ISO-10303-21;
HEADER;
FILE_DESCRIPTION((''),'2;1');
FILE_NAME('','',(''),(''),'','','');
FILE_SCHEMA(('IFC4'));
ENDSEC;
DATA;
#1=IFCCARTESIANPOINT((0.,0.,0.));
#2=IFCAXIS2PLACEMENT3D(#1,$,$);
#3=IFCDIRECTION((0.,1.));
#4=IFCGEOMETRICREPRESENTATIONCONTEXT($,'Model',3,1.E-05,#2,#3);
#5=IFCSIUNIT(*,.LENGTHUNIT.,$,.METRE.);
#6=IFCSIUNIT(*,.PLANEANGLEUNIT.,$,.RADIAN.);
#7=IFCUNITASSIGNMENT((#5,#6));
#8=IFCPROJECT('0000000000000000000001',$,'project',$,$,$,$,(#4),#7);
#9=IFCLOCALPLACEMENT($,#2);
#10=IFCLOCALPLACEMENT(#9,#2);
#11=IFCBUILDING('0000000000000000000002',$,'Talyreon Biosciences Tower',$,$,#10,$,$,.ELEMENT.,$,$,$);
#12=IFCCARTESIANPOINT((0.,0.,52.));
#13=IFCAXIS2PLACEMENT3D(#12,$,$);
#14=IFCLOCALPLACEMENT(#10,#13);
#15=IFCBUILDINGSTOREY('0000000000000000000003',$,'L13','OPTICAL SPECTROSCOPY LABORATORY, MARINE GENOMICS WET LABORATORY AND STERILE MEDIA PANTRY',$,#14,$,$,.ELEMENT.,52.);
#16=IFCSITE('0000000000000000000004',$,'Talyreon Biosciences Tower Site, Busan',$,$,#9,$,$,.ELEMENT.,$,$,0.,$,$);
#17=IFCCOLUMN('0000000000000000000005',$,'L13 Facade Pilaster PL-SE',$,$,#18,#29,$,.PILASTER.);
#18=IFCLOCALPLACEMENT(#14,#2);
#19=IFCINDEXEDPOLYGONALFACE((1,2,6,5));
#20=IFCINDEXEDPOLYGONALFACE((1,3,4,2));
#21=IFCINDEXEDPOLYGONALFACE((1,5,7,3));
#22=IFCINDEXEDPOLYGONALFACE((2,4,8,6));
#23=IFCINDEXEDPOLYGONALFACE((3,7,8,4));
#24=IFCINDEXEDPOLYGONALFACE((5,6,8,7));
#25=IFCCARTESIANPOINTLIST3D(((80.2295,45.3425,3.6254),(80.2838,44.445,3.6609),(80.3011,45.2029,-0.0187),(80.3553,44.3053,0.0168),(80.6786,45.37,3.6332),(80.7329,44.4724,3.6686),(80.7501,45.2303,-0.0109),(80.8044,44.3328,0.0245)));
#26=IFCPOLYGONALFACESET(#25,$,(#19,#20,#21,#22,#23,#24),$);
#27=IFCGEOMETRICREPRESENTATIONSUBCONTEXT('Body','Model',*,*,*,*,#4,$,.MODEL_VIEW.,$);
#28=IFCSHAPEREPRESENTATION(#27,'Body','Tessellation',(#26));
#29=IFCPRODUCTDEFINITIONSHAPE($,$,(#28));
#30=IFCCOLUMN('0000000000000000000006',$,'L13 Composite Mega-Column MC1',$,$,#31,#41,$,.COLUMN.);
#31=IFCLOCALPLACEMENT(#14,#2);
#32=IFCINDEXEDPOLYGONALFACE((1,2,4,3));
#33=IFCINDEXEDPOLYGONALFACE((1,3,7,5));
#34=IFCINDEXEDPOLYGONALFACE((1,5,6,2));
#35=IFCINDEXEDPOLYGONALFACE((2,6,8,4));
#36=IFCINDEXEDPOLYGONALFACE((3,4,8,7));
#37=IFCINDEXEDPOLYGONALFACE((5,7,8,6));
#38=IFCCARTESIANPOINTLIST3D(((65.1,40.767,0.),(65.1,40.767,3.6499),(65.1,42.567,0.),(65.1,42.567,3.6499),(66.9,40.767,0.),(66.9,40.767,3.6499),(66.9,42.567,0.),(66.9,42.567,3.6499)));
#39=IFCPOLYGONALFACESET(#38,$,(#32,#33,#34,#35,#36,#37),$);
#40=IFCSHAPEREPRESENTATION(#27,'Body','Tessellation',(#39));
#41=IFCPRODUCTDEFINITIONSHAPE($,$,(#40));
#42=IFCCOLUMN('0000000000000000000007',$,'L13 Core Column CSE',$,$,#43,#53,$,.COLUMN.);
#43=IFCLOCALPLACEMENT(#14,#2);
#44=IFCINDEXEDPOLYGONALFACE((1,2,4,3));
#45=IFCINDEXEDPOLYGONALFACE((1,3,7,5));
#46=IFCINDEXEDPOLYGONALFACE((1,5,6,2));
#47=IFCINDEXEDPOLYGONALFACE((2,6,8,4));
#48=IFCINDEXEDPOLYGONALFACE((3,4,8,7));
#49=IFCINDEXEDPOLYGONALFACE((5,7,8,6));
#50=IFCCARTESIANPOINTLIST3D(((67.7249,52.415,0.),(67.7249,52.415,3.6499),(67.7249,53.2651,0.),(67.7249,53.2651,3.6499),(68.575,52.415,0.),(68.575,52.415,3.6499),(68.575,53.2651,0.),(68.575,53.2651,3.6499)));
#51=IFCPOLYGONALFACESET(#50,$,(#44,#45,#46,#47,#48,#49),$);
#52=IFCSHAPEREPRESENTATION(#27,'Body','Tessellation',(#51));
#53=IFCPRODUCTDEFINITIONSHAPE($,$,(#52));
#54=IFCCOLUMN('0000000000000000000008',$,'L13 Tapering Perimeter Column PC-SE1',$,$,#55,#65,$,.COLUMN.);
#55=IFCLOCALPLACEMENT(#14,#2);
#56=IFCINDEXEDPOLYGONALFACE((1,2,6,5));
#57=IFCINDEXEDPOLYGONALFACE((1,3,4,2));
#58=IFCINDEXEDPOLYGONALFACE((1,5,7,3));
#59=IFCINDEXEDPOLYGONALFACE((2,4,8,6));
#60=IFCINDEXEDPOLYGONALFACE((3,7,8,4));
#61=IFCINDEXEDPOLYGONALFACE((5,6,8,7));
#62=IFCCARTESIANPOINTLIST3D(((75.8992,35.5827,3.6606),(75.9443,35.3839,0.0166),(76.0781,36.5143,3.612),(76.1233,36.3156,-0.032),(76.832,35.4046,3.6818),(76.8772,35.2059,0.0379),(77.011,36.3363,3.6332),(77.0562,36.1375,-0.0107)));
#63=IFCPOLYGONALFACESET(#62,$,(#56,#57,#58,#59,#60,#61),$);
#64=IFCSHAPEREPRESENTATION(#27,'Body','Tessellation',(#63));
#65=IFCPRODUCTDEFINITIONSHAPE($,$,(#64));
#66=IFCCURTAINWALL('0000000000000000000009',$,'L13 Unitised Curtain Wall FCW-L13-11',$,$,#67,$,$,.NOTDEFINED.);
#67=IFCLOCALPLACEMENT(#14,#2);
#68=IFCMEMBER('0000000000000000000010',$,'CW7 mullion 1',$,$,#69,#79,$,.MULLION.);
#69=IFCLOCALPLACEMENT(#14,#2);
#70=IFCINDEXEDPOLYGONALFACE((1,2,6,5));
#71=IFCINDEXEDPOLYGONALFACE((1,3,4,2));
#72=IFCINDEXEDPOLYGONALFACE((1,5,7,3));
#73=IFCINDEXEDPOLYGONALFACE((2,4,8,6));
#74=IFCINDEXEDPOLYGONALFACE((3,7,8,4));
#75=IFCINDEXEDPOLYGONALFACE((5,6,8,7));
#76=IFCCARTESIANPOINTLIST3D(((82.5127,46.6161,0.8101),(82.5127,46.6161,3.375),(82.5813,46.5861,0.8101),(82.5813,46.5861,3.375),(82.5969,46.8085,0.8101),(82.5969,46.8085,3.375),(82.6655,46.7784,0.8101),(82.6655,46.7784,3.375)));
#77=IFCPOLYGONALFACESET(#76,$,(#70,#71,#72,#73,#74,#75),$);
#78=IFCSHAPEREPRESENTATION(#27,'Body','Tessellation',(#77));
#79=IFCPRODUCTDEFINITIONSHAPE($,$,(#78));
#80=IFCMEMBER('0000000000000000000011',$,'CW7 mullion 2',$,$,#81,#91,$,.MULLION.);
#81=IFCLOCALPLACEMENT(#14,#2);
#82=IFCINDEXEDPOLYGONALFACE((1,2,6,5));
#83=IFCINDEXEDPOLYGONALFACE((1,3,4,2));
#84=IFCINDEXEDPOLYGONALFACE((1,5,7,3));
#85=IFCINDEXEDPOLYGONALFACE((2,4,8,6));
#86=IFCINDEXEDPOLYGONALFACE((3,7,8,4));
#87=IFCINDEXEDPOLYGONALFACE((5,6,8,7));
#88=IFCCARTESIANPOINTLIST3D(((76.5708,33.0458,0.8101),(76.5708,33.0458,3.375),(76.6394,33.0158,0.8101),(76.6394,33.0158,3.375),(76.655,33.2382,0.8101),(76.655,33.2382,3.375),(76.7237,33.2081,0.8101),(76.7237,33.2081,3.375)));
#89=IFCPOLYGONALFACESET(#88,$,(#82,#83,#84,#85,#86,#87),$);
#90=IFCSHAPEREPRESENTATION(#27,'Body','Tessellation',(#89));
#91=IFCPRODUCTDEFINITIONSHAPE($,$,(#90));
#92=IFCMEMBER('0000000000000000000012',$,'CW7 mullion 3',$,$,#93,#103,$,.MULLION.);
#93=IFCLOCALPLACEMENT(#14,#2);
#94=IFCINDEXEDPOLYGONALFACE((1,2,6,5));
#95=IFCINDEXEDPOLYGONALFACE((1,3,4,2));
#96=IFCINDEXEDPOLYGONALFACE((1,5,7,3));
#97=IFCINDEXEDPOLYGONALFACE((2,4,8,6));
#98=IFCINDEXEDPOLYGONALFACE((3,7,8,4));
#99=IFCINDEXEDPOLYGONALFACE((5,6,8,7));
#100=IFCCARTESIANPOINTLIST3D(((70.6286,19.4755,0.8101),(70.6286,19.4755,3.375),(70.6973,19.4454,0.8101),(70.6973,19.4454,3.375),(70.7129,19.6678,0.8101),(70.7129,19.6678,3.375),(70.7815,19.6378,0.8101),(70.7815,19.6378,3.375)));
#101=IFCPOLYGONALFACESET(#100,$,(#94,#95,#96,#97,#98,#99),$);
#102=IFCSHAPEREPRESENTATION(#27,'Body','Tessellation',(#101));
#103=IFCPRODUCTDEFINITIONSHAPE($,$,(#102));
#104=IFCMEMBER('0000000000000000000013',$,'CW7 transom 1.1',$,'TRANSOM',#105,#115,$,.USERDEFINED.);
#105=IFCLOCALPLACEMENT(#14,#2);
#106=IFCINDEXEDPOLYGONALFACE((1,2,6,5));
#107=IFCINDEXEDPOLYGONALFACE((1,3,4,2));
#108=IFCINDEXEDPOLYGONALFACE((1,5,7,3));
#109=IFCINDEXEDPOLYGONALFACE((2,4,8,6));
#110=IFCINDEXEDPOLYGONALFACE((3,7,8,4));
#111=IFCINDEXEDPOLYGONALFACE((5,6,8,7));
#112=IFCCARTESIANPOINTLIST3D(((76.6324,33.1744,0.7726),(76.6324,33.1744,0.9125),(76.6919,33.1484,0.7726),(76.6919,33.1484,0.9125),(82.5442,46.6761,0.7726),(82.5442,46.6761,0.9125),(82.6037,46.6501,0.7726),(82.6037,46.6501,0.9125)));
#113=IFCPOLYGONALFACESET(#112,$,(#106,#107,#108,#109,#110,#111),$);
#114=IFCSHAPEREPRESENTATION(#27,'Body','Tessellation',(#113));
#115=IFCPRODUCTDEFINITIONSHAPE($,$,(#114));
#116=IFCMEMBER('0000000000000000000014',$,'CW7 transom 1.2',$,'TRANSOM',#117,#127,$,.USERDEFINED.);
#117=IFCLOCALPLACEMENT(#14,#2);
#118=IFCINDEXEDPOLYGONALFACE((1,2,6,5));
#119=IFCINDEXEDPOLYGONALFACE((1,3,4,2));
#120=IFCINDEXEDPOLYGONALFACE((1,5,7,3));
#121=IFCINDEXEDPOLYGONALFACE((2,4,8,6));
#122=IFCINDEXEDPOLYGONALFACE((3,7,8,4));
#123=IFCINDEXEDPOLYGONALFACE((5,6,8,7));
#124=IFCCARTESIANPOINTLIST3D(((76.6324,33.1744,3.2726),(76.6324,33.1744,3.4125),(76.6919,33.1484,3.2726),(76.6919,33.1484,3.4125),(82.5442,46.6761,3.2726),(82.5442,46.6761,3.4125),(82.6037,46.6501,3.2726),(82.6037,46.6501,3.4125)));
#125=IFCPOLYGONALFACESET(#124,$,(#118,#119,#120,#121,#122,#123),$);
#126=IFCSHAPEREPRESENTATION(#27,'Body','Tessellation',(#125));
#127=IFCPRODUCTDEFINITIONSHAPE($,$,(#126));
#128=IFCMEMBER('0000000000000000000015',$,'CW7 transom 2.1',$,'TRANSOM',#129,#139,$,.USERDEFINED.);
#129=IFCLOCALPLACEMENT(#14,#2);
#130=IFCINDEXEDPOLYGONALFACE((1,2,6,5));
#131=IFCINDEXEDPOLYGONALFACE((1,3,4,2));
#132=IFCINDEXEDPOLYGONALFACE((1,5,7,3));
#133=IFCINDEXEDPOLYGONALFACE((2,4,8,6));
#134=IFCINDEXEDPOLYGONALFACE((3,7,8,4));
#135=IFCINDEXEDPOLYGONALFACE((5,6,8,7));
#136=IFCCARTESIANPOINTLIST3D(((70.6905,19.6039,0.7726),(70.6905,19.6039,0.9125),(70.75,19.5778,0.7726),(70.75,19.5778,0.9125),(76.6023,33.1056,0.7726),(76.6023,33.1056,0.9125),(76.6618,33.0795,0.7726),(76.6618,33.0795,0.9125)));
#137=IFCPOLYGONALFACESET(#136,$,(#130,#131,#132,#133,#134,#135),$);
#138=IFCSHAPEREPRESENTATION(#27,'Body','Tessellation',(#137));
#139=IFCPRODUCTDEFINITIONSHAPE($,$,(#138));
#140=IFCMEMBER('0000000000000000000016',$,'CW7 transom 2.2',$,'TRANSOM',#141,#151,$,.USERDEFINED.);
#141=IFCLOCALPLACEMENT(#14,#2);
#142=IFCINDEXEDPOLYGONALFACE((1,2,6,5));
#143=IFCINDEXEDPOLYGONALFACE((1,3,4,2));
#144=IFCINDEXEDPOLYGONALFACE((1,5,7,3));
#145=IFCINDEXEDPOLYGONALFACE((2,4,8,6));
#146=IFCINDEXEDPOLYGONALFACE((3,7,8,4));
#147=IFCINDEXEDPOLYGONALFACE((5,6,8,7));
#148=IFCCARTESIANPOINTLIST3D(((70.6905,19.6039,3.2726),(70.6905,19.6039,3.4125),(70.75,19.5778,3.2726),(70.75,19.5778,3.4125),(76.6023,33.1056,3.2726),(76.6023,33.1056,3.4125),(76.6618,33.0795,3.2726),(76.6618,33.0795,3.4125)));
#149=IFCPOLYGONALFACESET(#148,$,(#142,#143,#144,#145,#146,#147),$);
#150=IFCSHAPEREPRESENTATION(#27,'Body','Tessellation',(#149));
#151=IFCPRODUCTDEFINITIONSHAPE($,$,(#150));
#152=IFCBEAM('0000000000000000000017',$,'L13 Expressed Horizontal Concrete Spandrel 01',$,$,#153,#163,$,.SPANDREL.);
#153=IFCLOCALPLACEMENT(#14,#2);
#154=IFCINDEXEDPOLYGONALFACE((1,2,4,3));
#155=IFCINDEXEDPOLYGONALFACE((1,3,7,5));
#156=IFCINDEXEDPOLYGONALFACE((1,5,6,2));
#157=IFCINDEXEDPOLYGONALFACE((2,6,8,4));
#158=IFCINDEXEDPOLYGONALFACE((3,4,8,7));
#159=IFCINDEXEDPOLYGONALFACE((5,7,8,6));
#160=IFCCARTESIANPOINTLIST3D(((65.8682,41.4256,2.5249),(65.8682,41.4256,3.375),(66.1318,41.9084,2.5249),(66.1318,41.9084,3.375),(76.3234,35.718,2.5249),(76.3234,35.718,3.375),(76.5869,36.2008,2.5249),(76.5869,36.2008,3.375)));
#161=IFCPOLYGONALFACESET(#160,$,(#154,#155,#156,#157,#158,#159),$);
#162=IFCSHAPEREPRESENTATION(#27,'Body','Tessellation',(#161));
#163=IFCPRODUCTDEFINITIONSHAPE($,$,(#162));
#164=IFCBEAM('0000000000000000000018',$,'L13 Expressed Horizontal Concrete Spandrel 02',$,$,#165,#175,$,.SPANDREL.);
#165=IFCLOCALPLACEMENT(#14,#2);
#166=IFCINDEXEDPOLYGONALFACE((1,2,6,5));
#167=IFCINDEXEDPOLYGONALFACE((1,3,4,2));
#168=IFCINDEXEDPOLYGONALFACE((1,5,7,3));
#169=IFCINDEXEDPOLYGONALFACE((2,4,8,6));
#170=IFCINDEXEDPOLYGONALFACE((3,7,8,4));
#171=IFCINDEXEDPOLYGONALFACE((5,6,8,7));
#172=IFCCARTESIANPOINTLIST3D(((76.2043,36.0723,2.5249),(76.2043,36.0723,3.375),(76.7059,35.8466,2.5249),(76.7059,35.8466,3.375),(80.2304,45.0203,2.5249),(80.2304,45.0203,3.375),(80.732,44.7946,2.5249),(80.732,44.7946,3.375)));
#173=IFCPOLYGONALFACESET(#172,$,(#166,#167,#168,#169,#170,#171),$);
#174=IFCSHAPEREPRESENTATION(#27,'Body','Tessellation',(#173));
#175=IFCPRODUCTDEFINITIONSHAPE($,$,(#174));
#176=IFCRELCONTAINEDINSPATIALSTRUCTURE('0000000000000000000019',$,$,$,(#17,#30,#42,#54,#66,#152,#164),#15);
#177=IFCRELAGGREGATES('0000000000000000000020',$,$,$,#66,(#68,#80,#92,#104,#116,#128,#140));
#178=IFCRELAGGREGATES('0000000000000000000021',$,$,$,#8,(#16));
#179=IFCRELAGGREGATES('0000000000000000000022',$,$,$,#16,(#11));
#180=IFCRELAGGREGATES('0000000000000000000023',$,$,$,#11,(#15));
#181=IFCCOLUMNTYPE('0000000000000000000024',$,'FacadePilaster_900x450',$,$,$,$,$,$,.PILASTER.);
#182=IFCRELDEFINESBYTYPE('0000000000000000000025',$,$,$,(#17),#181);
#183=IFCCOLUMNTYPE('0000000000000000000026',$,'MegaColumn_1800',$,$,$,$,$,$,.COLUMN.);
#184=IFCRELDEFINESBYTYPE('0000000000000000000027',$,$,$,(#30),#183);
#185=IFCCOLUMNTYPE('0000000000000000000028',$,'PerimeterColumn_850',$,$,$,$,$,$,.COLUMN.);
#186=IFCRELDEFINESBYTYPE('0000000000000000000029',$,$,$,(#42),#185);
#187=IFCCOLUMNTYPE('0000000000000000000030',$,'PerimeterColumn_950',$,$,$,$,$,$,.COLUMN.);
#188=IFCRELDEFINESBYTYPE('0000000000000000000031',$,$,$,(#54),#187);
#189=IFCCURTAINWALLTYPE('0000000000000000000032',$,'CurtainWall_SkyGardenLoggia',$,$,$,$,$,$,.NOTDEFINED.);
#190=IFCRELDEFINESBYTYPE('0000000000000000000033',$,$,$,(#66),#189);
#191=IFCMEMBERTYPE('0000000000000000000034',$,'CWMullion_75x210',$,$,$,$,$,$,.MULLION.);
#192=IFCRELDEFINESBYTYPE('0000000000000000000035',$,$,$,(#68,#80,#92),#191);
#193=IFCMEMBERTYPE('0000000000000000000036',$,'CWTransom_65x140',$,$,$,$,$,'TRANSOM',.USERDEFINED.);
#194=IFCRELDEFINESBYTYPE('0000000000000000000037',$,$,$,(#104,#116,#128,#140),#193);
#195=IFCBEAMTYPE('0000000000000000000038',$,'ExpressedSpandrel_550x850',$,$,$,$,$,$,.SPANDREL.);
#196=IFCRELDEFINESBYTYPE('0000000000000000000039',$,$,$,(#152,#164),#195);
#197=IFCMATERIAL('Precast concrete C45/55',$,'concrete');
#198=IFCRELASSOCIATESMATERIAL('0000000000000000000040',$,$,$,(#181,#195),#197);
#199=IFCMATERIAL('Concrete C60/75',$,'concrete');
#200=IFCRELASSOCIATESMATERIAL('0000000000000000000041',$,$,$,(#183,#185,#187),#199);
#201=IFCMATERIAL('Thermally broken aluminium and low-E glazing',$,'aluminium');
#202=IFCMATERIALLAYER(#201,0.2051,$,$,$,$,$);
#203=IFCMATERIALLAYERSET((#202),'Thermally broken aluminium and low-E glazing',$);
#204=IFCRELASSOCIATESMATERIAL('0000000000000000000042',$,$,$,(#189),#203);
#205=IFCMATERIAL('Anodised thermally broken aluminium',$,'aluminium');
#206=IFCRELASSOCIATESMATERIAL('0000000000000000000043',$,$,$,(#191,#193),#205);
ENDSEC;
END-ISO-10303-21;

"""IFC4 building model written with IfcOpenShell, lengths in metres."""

from ifc_helpers import new_model, si_unit, direction, frame, origin, origin_2d, place, context, subcontext, project, spatial, rectangle, extrude, material, layer, layer_set, material_profile, profile_set, type_object, element, aggregate, save


model = new_model("IFC4")

# Units and contexts
model_context = context("Model", 3, precision=1e-05, world=origin(), true_north=direction((0.0, 1.0)))
body_context = subcontext(model_context, "Body", "Model", "MODEL_VIEW")
ifc_project = project(units=[si_unit("LENGTHUNIT", "METRE"), si_unit("PLANEANGLEUNIT", "RADIAN")], contexts=[model_context])

# Site, building, storey
site_placement = place(None, origin())
site = spatial("IfcSite", under=ifc_project, at=site_placement, Name="Talyreon Biosciences Tower Site, Busan", CompositionType="ELEMENT", RefElevation=0.0)
building_placement = place(site_placement, origin())
building = spatial("IfcBuilding", under=site, at=building_placement, Name="Talyreon Biosciences Tower", CompositionType="ELEMENT")
storey_placement = place(building_placement, frame((0.0, 0.0, 52.0)))
storey = spatial("IfcBuildingStorey", under=building, at=storey_placement, Name="L13", Description="OPTICAL SPECTROSCOPY LABORATORY, MARINE GENOMICS WET LABORATORY AND STERILE MEDIA PANTRY", CompositionType="ELEMENT", Elevation=52.0)

# Columns
ifc_material_1 = material(Name="Precast concrete C45/55", Category="concrete")
ifc_material_profile_1 = material_profile(ifc_material_1, rectangle(XDim=0.8999, YDim=0.45, at=origin_2d()), Name="RC 900x450")
ifc_profile_set_1 = profile_set([ifc_material_profile_1], Name="Precast concrete C45/55")
column_type_1 = type_object("IfcColumnType", Name="FacadePilaster_900x450", PredefinedType="PILASTER", material=ifc_profile_set_1)
column_1_placement = place(storey_placement, frame((80.5527, 44.7678, 0.0029), z_axis=(-0.019612, 0.038287, 0.999074), x_axis=(0.0603, -0.997402, 0.039407)))
element("IfcColumn", 1, at=column_1_placement, inside=storey, type_object=column_type_1, Name="L13 Facade Pilaster PL-SE", PredefinedType="PILASTER", context=body_context, shape_type="SweptSolid", body=[
    extrude(rectangle(XDim=0.8999, YDim=0.45, at=origin_2d()), origin(), (0.0, 0.0, 1.0), 3.6475),
])
ifc_material_2 = material(Name="Concrete C60/75", Category="concrete")
ifc_material_profile_2 = material_profile(ifc_material_2, rectangle(XDim=1.8, YDim=1.8, at=origin_2d()), Name="RC 1800x1800")
ifc_profile_set_2 = profile_set([ifc_material_profile_2], Name="Concrete C60/75")
column_type_2 = type_object("IfcColumnType", Name="MegaColumn_1800", PredefinedType="COLUMN", material=ifc_profile_set_2)
column_2_placement = place(storey_placement, frame((66.0, 41.667, 0.0), z_axis=(0.0, 0.0, 1.0), x_axis=(1.0, 0.0, 0.0)))
element("IfcColumn", 2, at=column_2_placement, inside=storey, type_object=column_type_2, Name="L13 Composite Mega-Column MC1", PredefinedType="COLUMN", context=body_context, shape_type="SweptSolid", body=[
    extrude(rectangle(XDim=1.8, YDim=1.8, at=origin_2d()), origin(), (0.0, 0.0, 1.0), 3.6499),
])
ifc_material_profile_3 = material_profile(ifc_material_2, rectangle(XDim=0.8501, YDim=0.8501, at=origin_2d()), Name="RC 850x850")
ifc_profile_set_3 = profile_set([ifc_material_profile_3], Name="Concrete C60/75")
column_type_3 = type_object("IfcColumnType", Name="PerimeterColumn_850", PredefinedType="COLUMN", material=ifc_profile_set_3)
column_3_placement = place(storey_placement, frame((68.1499, 52.8401, 0.0), z_axis=(0.0, 0.0, 1.0), x_axis=(1.0, 0.0, 0.0)))
element("IfcColumn", 3, at=column_3_placement, inside=storey, type_object=column_type_3, Name="L13 Core Column CSE", PredefinedType="COLUMN", context=body_context, shape_type="SweptSolid", body=[
    extrude(rectangle(XDim=0.8501, YDim=0.8501, at=origin_2d()), origin(), (0.0, 0.0, 1.0), 3.6499),
])
ifc_material_profile_4 = material_profile(ifc_material_2, rectangle(XDim=0.95, YDim=0.95, at=origin_2d()), Name="RC 950x950")
ifc_profile_set_4 = profile_set([ifc_material_profile_4], Name="Concrete C60/75")
column_type_4 = type_object("IfcColumnType", Name="PerimeterColumn_950", PredefinedType="COLUMN", material=ifc_profile_set_4)
column_4_placement = place(storey_placement, frame((76.5002, 35.7607, 0.0029), z_axis=(-0.012375, 0.054451, 0.99844), x_axis=(-0.188379, -0.980763, 0.051152)))
element("IfcColumn", 4, at=column_4_placement, inside=storey, type_object=column_type_4, Name="L13 Tapering Perimeter Column PC-SE1", PredefinedType="COLUMN", context=body_context, shape_type="SweptSolid", body=[
    extrude(rectangle(XDim=0.95, YDim=0.95, at=origin_2d()), origin(), (0.0, 0.0, 1.0), 3.6497),
])

# Curtain wall, members
ifc_material_3 = material(Name="Thermally broken aluminium and low-E glazing", Category="aluminium")
ifc_layer_1 = layer(ifc_material_3, 0.2051)
ifc_layer_set_1 = layer_set([ifc_layer_1], Name="Thermally broken aluminium and low-E glazing")
curtain_wall_type = type_object("IfcCurtainWallType", Name="CurtainWall_SkyGardenLoggia", PredefinedType="NOTDEFINED", material=ifc_layer_set_1)
curtain_wall_placement = place(storey_placement, origin())
curtain_wall = element("IfcCurtainWall", 5, at=curtain_wall_placement, inside=storey, type_object=curtain_wall_type, Name="L13 Unitised Curtain Wall FCW-L13-11", PredefinedType="NOTDEFINED")
ifc_material_4 = material(Name="Anodised thermally broken aluminium", Category="aluminium")
ifc_material_profile_5 = material_profile(ifc_material_4, rectangle(XDim=0.075, YDim=0.21, at=origin_2d()), Name="ALUM MULLION 75x210")
ifc_profile_set_5 = profile_set([ifc_material_profile_5], Name="Anodised thermally broken aluminium")
member_type_1 = type_object("IfcMemberType", Name="CWMullion_75x210", PredefinedType="MULLION", material=ifc_profile_set_5)
member_1_placement = place(storey_placement, frame((82.5891, 46.6973, 0.8101), z_axis=(0.0, 0.0, 1.0), x_axis=(0.916036, -0.401097, 0.0)))
member_1 = element("IfcMember", 6, at=member_1_placement, type_object=member_type_1, Name="CW7 mullion 1", PredefinedType="MULLION", context=body_context, shape_type="SweptSolid", body=[
    extrude(rectangle(XDim=0.075, YDim=0.21, at=origin_2d()), origin(), (0.0, 0.0, 1.0), 2.5649),
])
member_2_placement = place(storey_placement, frame((76.6472, 33.127, 0.8101), z_axis=(0.0, 0.0, 1.0), x_axis=(0.916036, -0.401097, 0.0)))
member_2 = element("IfcMember", 7, at=member_2_placement, type_object=member_type_1, Name="CW7 mullion 2", PredefinedType="MULLION", context=body_context, shape_type="SweptSolid", body=[
    extrude(rectangle(XDim=0.075, YDim=0.21, at=origin_2d()), origin(), (0.0, 0.0, 1.0), 2.5649),
])
member_3_placement = place(storey_placement, frame((70.7051, 19.5566, 0.8101), z_axis=(0.0, 0.0, 1.0), x_axis=(0.916036, -0.401097, 0.0)))
member_3 = element("IfcMember", 8, at=member_3_placement, type_object=member_type_1, Name="CW7 mullion 3", PredefinedType="MULLION", context=body_context, shape_type="SweptSolid", body=[
    extrude(rectangle(XDim=0.075, YDim=0.21, at=origin_2d()), origin(), (0.0, 0.0, 1.0), 2.5649),
])
ifc_material_profile_6 = material_profile(ifc_material_4, rectangle(XDim=0.0649, YDim=0.1399, at=origin_2d()), Name="ALUM TRANSOM 65x140")
ifc_profile_set_6 = profile_set([ifc_material_profile_6], Name="Anodised thermally broken aluminium")
member_type_2 = type_object("IfcMemberType", Name="CWTransom_65x140", ElementType="TRANSOM", PredefinedType="USERDEFINED", material=ifc_profile_set_6)
member_4_placement = place(storey_placement, frame((82.574, 46.6631, 0.8425), z_axis=(-0.401096, -0.916036, 0.0), x_axis=(0.916036, -0.401096, 0.0)))
member_4 = element("IfcMember", 9, at=member_4_placement, type_object=member_type_2, Name="CW7 transom 1.1", ObjectType="TRANSOM", PredefinedType="USERDEFINED", context=body_context, shape_type="SweptSolid", body=[
    extrude(rectangle(XDim=0.0649, YDim=0.1399, at=origin_2d()), origin(), (0.0, 0.0, 1.0), 14.7393),
])
member_5_placement = place(storey_placement, frame((82.574, 46.6631, 3.3425), z_axis=(-0.401096, -0.916036, 0.0), x_axis=(0.916036, -0.401096, 0.0)))
member_5 = element("IfcMember", 10, at=member_5_placement, type_object=member_type_2, Name="CW7 transom 1.2", ObjectType="TRANSOM", PredefinedType="USERDEFINED", context=body_context, shape_type="SweptSolid", body=[
    extrude(rectangle(XDim=0.0649, YDim=0.1399, at=origin_2d()), origin(), (0.0, 0.0, 1.0), 14.7393),
])
member_6_placement = place(storey_placement, frame((76.6321, 33.0925, 0.8425), z_axis=(-0.401096, -0.916036, 0.0), x_axis=(0.916036, -0.401096, 0.0)))
member_6 = element("IfcMember", 11, at=member_6_placement, type_object=member_type_2, Name="CW7 transom 2.1", ObjectType="TRANSOM", PredefinedType="USERDEFINED", context=body_context, shape_type="SweptSolid", body=[
    extrude(rectangle(XDim=0.0649, YDim=0.1399, at=origin_2d()), origin(), (0.0, 0.0, 1.0), 14.7393),
])
member_7_placement = place(storey_placement, frame((76.6321, 33.0925, 3.3425), z_axis=(-0.401096, -0.916036, 0.0), x_axis=(0.916036, -0.401096, 0.0)))
member_7 = element("IfcMember", 12, at=member_7_placement, type_object=member_type_2, Name="CW7 transom 2.2", ObjectType="TRANSOM", PredefinedType="USERDEFINED", context=body_context, shape_type="SweptSolid", body=[
    extrude(rectangle(XDim=0.0649, YDim=0.1399, at=origin_2d()), origin(), (0.0, 0.0, 1.0), 14.7393),
])

# Beams
ifc_material_profile_7 = material_profile(ifc_material_1, rectangle(XDim=0.55, YDim=0.8501, at=origin_2d()), Name="RCB 550x850")
ifc_profile_set_7 = profile_set([ifc_material_profile_7], Name="Precast concrete C45/55")
beam_type_1 = type_object("IfcBeamType", Name="ExpressedSpandrel_550x850", PredefinedType="SPANDREL", material=ifc_profile_set_7)
beam_1_placement = place(storey_placement, frame((66.0, 41.667, 2.95), z_axis=(0.877728, -0.479159, 0.0), x_axis=(0.479159, 0.877728, 0.0)))
element("IfcBeam", 13, at=beam_1_placement, inside=storey, type_object=beam_type_1, Name="L13 Expressed Horizontal Concrete Spandrel 01", PredefinedType="SPANDREL", context=body_context, shape_type="SweptSolid", body=[
    extrude(rectangle(XDim=0.55, YDim=0.8501, at=origin_2d()), origin(), (0.0, 0.0, 1.0), 11.9116),
])
beam_2_placement = place(storey_placement, frame((76.4551, 35.9595, 2.95), z_axis=(0.410324, 0.91194, 0.0), x_axis=(-0.91194, 0.410324, 0.0)))
element("IfcBeam", 14, at=beam_2_placement, inside=storey, type_object=beam_type_1, Name="L13 Expressed Horizontal Concrete Spandrel 02", PredefinedType="SPANDREL", context=body_context, shape_type="SweptSolid", body=[
    extrude(rectangle(XDim=0.55, YDim=0.8501, at=origin_2d()), origin(), (0.0, 0.0, 1.0), 9.812),
])

aggregate(curtain_wall, [member_1, member_2, member_3, member_4, member_5, member_6, member_7])

save(model, "model.ifc")
